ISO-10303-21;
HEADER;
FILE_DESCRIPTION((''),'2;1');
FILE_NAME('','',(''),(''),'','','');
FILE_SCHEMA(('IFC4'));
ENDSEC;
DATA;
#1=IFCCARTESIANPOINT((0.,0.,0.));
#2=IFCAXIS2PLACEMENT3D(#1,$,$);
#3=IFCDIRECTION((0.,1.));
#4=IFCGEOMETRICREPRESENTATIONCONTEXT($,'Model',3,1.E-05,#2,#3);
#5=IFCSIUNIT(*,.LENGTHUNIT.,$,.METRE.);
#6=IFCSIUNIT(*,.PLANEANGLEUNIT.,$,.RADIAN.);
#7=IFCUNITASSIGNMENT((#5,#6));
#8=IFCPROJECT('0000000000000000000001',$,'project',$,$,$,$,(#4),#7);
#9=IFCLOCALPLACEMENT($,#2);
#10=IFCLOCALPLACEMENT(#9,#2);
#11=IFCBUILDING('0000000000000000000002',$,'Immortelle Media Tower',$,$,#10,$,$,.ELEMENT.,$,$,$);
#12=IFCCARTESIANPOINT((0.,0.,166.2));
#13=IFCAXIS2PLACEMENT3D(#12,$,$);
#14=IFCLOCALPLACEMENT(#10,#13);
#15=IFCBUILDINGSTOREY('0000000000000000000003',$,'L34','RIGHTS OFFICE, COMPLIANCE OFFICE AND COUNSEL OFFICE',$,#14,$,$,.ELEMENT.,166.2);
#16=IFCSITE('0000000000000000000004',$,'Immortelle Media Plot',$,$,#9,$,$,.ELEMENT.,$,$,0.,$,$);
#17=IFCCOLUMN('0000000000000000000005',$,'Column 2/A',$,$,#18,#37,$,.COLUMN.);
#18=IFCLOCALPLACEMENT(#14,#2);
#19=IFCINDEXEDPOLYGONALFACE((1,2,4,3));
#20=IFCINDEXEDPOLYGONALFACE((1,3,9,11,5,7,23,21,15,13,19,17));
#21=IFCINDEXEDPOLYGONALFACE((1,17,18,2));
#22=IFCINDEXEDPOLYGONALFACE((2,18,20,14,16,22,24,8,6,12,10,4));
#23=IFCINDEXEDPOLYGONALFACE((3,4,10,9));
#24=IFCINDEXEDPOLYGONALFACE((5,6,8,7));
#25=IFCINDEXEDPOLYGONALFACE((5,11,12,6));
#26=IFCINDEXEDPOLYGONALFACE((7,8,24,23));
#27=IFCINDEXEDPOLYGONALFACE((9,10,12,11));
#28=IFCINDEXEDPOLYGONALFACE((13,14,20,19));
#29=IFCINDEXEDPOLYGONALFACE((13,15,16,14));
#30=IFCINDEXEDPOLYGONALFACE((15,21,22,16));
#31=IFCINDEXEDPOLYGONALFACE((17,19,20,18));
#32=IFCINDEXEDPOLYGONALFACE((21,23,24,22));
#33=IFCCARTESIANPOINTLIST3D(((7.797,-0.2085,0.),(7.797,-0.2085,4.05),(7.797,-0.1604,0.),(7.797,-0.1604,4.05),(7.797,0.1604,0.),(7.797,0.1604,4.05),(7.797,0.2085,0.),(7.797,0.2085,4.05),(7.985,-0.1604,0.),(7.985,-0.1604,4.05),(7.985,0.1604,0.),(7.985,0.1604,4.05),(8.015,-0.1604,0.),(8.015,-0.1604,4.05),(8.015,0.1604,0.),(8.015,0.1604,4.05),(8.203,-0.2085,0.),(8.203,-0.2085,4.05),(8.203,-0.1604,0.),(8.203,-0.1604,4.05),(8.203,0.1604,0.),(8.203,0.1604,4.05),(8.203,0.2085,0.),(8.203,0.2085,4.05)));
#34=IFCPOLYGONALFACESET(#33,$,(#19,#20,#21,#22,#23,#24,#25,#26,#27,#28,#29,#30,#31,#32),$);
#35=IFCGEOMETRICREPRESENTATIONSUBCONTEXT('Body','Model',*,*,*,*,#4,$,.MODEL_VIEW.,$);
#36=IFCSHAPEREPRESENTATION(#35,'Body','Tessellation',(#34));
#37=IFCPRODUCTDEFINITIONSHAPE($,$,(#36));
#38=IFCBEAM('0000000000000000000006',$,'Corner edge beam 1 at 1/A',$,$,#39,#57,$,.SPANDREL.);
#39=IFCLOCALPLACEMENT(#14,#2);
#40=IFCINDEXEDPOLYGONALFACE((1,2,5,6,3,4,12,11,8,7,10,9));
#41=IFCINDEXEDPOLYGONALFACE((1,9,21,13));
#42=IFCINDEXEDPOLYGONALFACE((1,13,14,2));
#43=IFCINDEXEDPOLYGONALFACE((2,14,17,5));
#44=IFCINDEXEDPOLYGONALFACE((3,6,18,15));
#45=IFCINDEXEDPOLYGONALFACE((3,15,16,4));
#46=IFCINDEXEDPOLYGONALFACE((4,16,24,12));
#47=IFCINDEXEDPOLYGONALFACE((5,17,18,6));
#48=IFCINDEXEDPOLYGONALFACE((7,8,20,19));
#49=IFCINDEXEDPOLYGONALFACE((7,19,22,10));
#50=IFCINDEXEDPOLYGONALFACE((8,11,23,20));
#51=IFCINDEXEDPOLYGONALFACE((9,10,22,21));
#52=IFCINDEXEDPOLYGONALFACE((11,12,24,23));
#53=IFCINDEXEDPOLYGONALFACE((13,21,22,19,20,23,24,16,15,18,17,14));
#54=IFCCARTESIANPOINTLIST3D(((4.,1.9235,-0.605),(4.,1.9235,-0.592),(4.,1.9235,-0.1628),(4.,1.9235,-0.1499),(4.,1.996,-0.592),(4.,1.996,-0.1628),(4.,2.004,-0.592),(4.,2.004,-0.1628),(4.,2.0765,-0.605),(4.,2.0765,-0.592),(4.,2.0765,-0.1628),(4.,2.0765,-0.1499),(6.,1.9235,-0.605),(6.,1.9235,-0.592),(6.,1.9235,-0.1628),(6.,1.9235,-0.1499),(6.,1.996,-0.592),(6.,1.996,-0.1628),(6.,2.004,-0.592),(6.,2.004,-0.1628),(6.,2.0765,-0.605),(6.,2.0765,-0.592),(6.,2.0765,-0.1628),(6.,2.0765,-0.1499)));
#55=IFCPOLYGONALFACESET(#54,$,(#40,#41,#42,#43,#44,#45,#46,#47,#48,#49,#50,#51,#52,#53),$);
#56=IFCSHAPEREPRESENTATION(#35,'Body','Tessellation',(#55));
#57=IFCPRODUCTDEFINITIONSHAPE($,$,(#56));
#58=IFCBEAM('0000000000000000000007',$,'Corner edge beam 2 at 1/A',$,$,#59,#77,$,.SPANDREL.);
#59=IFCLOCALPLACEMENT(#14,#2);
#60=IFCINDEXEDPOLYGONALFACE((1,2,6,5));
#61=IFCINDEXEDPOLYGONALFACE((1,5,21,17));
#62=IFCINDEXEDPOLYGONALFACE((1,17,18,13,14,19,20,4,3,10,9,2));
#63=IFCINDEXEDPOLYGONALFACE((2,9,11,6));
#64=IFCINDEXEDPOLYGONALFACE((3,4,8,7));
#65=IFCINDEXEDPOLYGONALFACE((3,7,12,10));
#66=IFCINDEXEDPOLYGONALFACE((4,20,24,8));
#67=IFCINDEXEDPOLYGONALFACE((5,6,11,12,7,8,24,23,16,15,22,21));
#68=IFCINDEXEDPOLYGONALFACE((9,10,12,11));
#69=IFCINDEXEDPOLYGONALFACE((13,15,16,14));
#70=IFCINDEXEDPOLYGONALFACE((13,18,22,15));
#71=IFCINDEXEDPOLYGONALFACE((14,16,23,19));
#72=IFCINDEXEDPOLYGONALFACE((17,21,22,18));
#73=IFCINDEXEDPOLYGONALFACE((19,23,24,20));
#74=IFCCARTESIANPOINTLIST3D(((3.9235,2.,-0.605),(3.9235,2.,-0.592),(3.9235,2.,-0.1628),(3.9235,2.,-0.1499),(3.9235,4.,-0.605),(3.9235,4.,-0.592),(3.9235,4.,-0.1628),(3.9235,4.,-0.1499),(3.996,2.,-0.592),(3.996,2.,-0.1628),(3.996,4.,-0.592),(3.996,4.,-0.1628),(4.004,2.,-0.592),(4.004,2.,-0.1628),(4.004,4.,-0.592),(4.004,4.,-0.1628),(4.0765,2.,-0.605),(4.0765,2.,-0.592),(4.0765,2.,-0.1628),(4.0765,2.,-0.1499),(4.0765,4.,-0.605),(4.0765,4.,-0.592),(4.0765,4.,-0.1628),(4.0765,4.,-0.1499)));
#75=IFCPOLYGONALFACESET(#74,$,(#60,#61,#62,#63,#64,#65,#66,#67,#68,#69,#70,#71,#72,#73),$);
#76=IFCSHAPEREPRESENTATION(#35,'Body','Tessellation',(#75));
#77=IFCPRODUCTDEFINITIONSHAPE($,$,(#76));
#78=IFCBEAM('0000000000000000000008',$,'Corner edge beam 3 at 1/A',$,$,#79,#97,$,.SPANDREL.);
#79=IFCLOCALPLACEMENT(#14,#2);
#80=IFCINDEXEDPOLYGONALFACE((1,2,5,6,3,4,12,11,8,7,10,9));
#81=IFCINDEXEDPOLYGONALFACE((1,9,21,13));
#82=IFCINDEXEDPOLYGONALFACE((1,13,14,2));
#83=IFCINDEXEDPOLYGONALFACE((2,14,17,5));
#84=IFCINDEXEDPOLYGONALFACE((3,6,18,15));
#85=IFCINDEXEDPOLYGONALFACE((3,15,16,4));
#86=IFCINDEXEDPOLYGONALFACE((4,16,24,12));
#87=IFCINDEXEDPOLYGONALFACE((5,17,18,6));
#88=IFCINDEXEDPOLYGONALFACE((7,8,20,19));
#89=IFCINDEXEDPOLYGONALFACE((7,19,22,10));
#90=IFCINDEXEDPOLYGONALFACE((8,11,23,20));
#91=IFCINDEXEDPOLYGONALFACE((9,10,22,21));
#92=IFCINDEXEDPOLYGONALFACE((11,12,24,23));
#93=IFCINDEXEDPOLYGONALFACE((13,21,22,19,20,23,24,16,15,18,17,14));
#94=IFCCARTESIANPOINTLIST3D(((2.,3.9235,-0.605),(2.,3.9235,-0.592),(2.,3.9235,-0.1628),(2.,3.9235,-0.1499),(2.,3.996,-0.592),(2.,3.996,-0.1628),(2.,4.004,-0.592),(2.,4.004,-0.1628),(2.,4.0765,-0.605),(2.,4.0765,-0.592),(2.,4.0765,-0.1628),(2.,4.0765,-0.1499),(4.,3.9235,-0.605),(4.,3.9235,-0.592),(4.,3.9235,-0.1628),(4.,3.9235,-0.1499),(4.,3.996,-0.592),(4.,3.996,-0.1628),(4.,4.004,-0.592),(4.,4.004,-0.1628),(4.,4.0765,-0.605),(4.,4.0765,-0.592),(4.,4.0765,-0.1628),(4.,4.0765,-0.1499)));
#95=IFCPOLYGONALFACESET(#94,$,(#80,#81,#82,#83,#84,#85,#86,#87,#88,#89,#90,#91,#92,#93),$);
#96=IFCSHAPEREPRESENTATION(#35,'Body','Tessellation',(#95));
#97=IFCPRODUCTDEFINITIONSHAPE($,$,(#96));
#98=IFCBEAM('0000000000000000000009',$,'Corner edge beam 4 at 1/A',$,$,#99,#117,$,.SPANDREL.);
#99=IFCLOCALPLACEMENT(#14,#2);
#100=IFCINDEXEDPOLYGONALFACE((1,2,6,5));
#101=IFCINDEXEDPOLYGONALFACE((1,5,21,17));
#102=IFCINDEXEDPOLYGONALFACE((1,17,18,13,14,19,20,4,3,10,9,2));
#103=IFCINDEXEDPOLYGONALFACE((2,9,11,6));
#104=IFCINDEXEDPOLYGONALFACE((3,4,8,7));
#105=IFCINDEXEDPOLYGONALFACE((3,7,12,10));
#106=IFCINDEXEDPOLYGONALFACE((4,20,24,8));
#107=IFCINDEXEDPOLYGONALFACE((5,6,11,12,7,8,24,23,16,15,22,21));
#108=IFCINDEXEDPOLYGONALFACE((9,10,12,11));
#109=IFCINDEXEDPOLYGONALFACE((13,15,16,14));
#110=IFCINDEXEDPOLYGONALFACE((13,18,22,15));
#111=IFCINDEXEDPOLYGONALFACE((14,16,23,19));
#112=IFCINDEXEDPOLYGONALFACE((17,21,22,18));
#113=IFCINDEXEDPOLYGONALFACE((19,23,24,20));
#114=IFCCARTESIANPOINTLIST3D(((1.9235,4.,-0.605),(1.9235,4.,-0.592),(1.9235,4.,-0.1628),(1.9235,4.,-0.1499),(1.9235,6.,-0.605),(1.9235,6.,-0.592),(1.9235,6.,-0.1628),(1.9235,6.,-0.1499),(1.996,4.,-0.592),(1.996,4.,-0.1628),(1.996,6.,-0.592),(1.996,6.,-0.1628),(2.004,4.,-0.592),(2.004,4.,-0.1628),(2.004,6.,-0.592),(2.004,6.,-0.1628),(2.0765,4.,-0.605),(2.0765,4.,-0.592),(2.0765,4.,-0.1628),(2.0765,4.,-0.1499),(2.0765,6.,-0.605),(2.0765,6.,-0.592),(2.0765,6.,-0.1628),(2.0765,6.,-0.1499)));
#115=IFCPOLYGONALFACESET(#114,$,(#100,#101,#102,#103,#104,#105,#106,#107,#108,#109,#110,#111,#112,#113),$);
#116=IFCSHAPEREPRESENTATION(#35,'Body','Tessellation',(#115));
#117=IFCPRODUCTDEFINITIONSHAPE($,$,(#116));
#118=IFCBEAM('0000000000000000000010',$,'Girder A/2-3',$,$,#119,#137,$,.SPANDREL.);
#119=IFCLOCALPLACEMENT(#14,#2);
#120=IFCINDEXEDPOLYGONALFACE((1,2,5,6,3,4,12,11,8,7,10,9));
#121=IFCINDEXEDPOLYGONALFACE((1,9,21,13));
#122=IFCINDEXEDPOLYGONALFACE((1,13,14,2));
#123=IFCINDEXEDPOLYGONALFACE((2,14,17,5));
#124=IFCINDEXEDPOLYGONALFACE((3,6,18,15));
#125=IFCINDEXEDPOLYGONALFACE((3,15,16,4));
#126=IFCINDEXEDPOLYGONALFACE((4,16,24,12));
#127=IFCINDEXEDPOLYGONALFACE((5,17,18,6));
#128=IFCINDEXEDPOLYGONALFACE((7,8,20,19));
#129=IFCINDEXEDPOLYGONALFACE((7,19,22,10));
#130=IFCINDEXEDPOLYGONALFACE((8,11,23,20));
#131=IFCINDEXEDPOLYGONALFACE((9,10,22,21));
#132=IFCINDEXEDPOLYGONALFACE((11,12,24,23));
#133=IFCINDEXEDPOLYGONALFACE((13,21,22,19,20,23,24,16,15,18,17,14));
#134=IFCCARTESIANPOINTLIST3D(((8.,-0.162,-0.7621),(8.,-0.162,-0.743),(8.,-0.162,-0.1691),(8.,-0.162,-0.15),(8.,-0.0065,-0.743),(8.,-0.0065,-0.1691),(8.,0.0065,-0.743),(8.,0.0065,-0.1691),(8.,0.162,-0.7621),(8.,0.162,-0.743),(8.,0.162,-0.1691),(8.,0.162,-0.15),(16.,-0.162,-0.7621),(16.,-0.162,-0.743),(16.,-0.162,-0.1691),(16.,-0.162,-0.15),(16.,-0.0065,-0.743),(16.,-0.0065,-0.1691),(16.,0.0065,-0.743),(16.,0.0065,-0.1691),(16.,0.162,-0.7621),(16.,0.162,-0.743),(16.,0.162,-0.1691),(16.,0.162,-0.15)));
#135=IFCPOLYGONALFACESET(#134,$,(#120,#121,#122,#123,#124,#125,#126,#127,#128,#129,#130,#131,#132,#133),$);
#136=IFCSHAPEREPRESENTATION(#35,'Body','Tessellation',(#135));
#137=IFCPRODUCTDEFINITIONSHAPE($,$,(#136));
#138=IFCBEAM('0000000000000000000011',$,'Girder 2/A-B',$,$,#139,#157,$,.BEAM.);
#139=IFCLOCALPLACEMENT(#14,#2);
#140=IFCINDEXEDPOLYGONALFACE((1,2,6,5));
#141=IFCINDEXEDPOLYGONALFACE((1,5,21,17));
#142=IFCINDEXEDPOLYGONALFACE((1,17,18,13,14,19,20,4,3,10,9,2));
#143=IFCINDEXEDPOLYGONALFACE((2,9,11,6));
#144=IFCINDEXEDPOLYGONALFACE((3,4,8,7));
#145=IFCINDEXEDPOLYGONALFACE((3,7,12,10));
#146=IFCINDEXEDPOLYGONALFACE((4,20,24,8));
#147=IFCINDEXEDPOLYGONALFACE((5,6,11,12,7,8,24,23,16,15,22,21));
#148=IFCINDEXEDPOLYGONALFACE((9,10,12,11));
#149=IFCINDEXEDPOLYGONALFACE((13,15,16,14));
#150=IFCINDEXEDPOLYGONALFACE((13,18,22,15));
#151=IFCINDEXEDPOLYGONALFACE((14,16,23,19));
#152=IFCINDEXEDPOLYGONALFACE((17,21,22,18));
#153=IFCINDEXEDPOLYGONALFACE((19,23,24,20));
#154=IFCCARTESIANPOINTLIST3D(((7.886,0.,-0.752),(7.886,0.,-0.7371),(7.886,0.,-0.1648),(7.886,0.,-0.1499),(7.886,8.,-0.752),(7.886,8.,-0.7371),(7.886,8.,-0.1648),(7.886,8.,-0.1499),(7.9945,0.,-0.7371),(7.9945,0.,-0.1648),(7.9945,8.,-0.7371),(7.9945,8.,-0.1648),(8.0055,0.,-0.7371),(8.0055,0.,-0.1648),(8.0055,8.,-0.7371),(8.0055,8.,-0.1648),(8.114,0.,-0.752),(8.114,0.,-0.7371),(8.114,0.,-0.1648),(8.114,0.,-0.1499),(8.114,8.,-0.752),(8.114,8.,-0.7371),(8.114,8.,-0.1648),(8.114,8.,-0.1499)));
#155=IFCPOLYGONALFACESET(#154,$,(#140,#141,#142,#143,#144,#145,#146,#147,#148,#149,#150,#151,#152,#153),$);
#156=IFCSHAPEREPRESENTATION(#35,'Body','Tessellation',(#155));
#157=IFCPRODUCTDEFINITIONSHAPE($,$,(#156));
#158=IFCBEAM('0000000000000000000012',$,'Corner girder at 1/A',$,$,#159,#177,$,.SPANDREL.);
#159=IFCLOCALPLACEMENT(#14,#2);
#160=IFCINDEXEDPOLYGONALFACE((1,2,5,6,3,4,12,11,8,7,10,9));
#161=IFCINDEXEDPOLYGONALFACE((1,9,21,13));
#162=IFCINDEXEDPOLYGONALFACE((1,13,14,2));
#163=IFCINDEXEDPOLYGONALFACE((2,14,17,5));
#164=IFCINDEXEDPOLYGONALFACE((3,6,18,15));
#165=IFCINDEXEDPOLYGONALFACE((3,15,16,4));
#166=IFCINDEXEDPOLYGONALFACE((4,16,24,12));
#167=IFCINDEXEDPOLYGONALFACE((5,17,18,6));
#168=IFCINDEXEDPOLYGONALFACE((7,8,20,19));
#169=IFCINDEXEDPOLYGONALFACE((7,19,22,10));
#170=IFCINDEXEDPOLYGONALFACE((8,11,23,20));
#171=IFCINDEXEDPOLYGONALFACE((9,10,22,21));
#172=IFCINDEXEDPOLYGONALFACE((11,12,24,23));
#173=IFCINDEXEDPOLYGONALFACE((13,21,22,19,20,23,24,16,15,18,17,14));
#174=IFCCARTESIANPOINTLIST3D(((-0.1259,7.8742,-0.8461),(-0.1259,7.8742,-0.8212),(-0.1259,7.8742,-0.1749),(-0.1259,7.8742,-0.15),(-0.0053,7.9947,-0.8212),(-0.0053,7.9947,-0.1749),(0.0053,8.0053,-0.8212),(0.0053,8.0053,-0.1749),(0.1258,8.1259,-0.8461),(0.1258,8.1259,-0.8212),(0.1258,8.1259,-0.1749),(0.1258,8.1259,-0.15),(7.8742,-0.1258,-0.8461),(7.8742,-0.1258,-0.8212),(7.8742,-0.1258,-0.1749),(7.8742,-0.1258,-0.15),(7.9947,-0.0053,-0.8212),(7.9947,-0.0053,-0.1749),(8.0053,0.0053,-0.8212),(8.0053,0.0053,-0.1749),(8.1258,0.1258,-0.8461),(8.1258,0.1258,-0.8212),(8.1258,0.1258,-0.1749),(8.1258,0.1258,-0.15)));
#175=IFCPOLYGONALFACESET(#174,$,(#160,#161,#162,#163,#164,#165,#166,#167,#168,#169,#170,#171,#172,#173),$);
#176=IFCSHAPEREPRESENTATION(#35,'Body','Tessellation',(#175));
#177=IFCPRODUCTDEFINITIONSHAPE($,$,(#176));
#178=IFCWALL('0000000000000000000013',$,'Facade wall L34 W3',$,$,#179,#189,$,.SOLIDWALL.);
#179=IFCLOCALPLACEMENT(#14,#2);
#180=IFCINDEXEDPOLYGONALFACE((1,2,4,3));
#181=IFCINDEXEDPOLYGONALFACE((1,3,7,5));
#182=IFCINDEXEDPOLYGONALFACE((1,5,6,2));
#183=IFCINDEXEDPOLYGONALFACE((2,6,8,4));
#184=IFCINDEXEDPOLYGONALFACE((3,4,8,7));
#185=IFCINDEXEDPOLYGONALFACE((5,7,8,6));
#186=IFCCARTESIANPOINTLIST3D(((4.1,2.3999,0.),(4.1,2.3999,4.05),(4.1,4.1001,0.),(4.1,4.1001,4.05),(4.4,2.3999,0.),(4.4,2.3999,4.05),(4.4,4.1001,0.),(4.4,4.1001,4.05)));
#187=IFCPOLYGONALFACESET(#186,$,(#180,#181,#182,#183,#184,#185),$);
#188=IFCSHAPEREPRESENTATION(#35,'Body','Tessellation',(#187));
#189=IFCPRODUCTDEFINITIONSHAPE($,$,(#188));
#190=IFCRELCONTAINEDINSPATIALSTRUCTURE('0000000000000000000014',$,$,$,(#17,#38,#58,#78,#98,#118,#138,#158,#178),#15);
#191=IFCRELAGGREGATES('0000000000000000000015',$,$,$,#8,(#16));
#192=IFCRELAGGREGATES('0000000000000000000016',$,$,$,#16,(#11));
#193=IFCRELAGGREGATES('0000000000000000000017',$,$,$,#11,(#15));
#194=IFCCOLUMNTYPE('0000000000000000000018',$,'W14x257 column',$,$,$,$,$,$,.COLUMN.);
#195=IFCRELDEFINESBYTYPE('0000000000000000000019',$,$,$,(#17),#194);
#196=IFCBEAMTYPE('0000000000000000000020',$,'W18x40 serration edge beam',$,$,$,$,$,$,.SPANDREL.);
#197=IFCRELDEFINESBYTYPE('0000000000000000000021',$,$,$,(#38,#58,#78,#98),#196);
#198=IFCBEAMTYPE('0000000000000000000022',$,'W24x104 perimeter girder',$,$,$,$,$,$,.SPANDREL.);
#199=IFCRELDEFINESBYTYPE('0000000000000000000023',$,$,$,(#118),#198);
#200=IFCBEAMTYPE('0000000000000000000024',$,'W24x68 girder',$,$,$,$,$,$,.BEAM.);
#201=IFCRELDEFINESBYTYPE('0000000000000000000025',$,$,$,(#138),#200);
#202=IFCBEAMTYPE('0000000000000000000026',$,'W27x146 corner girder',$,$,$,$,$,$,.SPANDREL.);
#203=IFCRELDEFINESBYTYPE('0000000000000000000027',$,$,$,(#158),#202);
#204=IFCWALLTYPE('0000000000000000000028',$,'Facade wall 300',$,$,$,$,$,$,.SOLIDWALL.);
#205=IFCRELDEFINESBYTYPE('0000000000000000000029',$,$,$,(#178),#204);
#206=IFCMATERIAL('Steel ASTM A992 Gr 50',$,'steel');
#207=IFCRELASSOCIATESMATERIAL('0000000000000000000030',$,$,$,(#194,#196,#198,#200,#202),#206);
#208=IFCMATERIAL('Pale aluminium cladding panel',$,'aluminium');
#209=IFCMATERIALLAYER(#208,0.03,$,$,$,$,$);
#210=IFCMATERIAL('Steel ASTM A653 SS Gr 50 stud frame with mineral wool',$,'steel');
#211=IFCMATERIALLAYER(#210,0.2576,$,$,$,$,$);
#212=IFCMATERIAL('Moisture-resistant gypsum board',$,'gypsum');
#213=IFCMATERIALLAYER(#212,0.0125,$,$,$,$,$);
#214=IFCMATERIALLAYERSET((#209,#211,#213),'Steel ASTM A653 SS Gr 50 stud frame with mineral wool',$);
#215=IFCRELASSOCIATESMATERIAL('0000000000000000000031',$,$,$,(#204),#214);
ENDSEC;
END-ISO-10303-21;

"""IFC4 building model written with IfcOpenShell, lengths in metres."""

from ifc_helpers import new_model, si_unit, direction, frame, frame_2d, origin, origin_2d, place, context, subcontext, project, spatial, rectangle, i_section, extrude, material, layer, layer_set, material_profile, profile_set, type_object, element, save


model = new_model("IFC4")

# Units and contexts
model_context = context("Model", 3, precision=1e-05, world=origin(), true_north=direction((0.0, 1.0)))
body_context = subcontext(model_context, "Body", "Model", "MODEL_VIEW")
ifc_project = project(units=[si_unit("LENGTHUNIT", "METRE"), si_unit("PLANEANGLEUNIT", "RADIAN")], contexts=[model_context])

# Site, building, storey
site_placement = place(None, origin())
site = spatial("IfcSite", under=ifc_project, at=site_placement, Name="Immortelle Media Plot", CompositionType="ELEMENT", RefElevation=0.0)
building_placement = place(site_placement, origin())
building = spatial("IfcBuilding", under=site, at=building_placement, Name="Immortelle Media Tower", CompositionType="ELEMENT")
storey_placement = place(building_placement, frame((0.0, 0.0, 166.2)))
storey = spatial("IfcBuildingStorey", under=building, at=storey_placement, Name="L34", Description="RIGHTS OFFICE, COMPLIANCE OFFICE AND COUNSEL OFFICE", CompositionType="ELEMENT", Elevation=166.2)

# Column
ifc_material_1 = material(Name="Steel ASTM A992 Gr 50", Category="steel")
ifc_material_profile_1 = material_profile(ifc_material_1, i_section(OverallWidth=0.406, OverallDepth=0.417, WebThickness=0.03, FlangeThickness=0.0481, at=origin_2d()), Name="W14x257")
ifc_profile_set_1 = profile_set([ifc_material_profile_1], Name="Steel ASTM A992 Gr 50")
column_type = type_object("IfcColumnType", Name="W14x257 column", PredefinedType="COLUMN", material=ifc_profile_set_1)
column_placement = place(storey_placement, frame((8.0, 0.0, 0.0), z_axis=(0.0, 0.0, 1.0), x_axis=(1.0, 0.0, 0.0)))
element("IfcColumn", 1, at=column_placement, inside=storey, type_object=column_type, Name="Column 2/A", PredefinedType="COLUMN", context=body_context, shape_type="SweptSolid", body=[
    extrude(i_section(OverallWidth=0.406, OverallDepth=0.417, WebThickness=0.03, FlangeThickness=0.0481, at=origin_2d()), origin(), (0.0, 0.0, 1.0), 4.05),
])

# Beams
ifc_material_profile_2 = material_profile(ifc_material_1, i_section(OverallWidth=0.1531, OverallDepth=0.4551, WebThickness=0.0081, FlangeThickness=0.0129, at=origin_2d()), Name="W18x40")
ifc_profile_set_2 = profile_set([ifc_material_profile_2], Name="Steel ASTM A992 Gr 50")
beam_type_1 = type_object("IfcBeamType", Name="W18x40 serration edge beam", PredefinedType="SPANDREL", material=ifc_profile_set_2)
for number, where, z_axis, x_axis, name in (
    (2, (6.0, 2.0, -0.3774), (-1.0, 0.0, 0.0), (0.0, -1.0, 0.0), "Corner edge beam 1 at 1/A"),
    (3, (4.0, 2.0, -0.3774), (0.0, 1.0, 0.0), (-1.0, 0.0, 0.0), "Corner edge beam 2 at 1/A"),
    (4, (4.0, 4.0, -0.3774), (-1.0, 0.0, 0.0), (0.0, -1.0, 0.0), "Corner edge beam 3 at 1/A"),
    (5, (2.0, 4.0, -0.3774), (0.0, 1.0, 0.0), (-1.0, 0.0, 0.0), "Corner edge beam 4 at 1/A"),
):
    element("IfcBeam", number, at=place(storey_placement, frame(where, z_axis=z_axis, x_axis=x_axis)), inside=storey, type_object=beam_type_1, Name=name, PredefinedType="SPANDREL", context=body_context, shape_type="SweptSolid", body=[
        extrude(i_section(OverallWidth=0.1531, OverallDepth=0.4551, WebThickness=0.0081, FlangeThickness=0.0129, at=origin_2d()), origin(), (0.0, 0.0, 1.0), 2.0),
    ])
ifc_material_profile_3 = material_profile(ifc_material_1, i_section(OverallWidth=0.324, OverallDepth=0.6121, WebThickness=0.0129, FlangeThickness=0.019, at=origin_2d()), Name="W24x104")
ifc_profile_set_3 = profile_set([ifc_material_profile_3], Name="Steel ASTM A992 Gr 50")
beam_type_2 = type_object("IfcBeamType", Name="W24x104 perimeter girder", PredefinedType="SPANDREL", material=ifc_profile_set_3)
beam_1_placement = place(storey_placement, frame((8.0, 0.0, -0.4561), z_axis=(1.0, 0.0, 0.0), x_axis=(0.0, 1.0, 0.0)))
element("IfcBeam", 6, at=beam_1_placement, inside=storey, type_object=beam_type_2, Name="Girder A/2-3", PredefinedType="SPANDREL", context=body_context, shape_type="SweptSolid", body=[
    extrude(i_section(OverallWidth=0.324, OverallDepth=0.6121, WebThickness=0.0129, FlangeThickness=0.019, at=origin_2d()), origin(), (0.0, 0.0, 1.0), 8.0),
])
ifc_material_profile_4 = material_profile(ifc_material_1, i_section(OverallWidth=0.228, OverallDepth=0.6021, WebThickness=0.011, FlangeThickness=0.0149, at=origin_2d()), Name="W24x68")
ifc_profile_set_4 = profile_set([ifc_material_profile_4], Name="Steel ASTM A992 Gr 50")
beam_type_3 = type_object("IfcBeamType", Name="W24x68 girder", PredefinedType="BEAM", material=ifc_profile_set_4)
beam_2_placement = place(storey_placement, frame((8.0, 0.0, -0.4509), z_axis=(0.0, 1.0, 0.0), x_axis=(-1.0, 0.0, 0.0)))
element("IfcBeam", 7, at=beam_2_placement, inside=storey, type_object=beam_type_3, Name="Girder 2/A-B", PredefinedType="BEAM", context=body_context, shape_type="SweptSolid", body=[
    extrude(i_section(OverallWidth=0.228, OverallDepth=0.6021, WebThickness=0.011, FlangeThickness=0.0149, at=origin_2d()), origin(), (0.0, 0.0, 1.0), 8.0),
])
ifc_material_profile_5 = material_profile(ifc_material_1, i_section(OverallWidth=0.356, OverallDepth=0.696, WebThickness=0.0149, FlangeThickness=0.0249, at=origin_2d()), Name="W27x146")
ifc_profile_set_5 = profile_set([ifc_material_profile_5], Name="Steel ASTM A992 Gr 50")
beam_type_4 = type_object("IfcBeamType", Name="W27x146 corner girder", PredefinedType="SPANDREL", material=ifc_profile_set_5)
beam_3_placement = place(storey_placement, frame((8.0, 0.0, -0.498), z_axis=(-0.707107, 0.707107, 0.0), x_axis=(-0.707107, -0.707107, 0.0)))
element("IfcBeam", 8, at=beam_3_placement, inside=storey, type_object=beam_type_4, Name="Corner girder at 1/A", PredefinedType="SPANDREL", context=body_context, shape_type="SweptSolid", body=[
    extrude(i_section(OverallWidth=0.356, OverallDepth=0.696, WebThickness=0.0149, FlangeThickness=0.0249, at=origin_2d()), origin(), (0.0, 0.0, 1.0), 11.3137),
])

# Wall
ifc_material_2 = material(Name="Pale aluminium cladding panel", Category="aluminium")
ifc_layer_1 = layer(ifc_material_2, 0.03)
ifc_material_3 = material(Name="Steel ASTM A653 SS Gr 50 stud frame with mineral wool", Category="steel")
ifc_layer_2 = layer(ifc_material_3, 0.2576)
ifc_material_4 = material(Name="Moisture-resistant gypsum board", Category="gypsum")
ifc_layer_3 = layer(ifc_material_4, 0.0125)
ifc_layer_set_1 = layer_set([ifc_layer_1, ifc_layer_2, ifc_layer_3], Name="Steel ASTM A653 SS Gr 50 stud frame with mineral wool")
wall_type_1 = type_object("IfcWallType", Name="Facade wall 300", PredefinedType="SOLIDWALL", material=ifc_layer_set_1)
wall_1_placement = place(storey_placement, frame((4.25, 4.1001, 0.0), z_axis=(0.0, 0.0, 1.0), x_axis=(0.0, -1.0, 0.0)))
element("IfcWall", 9, at=wall_1_placement, inside=storey, type_object=wall_type_1, Name="Facade wall L34 W3", PredefinedType="SOLIDWALL", context=body_context, shape_type="SweptSolid", body=[
    extrude(rectangle(XDim=1.7002, YDim=0.3, at=frame_2d((0.8501, 0.0))), origin(), (0.0, 0.0, 1.0), 4.05),
])

save(model, "model.ifc")
